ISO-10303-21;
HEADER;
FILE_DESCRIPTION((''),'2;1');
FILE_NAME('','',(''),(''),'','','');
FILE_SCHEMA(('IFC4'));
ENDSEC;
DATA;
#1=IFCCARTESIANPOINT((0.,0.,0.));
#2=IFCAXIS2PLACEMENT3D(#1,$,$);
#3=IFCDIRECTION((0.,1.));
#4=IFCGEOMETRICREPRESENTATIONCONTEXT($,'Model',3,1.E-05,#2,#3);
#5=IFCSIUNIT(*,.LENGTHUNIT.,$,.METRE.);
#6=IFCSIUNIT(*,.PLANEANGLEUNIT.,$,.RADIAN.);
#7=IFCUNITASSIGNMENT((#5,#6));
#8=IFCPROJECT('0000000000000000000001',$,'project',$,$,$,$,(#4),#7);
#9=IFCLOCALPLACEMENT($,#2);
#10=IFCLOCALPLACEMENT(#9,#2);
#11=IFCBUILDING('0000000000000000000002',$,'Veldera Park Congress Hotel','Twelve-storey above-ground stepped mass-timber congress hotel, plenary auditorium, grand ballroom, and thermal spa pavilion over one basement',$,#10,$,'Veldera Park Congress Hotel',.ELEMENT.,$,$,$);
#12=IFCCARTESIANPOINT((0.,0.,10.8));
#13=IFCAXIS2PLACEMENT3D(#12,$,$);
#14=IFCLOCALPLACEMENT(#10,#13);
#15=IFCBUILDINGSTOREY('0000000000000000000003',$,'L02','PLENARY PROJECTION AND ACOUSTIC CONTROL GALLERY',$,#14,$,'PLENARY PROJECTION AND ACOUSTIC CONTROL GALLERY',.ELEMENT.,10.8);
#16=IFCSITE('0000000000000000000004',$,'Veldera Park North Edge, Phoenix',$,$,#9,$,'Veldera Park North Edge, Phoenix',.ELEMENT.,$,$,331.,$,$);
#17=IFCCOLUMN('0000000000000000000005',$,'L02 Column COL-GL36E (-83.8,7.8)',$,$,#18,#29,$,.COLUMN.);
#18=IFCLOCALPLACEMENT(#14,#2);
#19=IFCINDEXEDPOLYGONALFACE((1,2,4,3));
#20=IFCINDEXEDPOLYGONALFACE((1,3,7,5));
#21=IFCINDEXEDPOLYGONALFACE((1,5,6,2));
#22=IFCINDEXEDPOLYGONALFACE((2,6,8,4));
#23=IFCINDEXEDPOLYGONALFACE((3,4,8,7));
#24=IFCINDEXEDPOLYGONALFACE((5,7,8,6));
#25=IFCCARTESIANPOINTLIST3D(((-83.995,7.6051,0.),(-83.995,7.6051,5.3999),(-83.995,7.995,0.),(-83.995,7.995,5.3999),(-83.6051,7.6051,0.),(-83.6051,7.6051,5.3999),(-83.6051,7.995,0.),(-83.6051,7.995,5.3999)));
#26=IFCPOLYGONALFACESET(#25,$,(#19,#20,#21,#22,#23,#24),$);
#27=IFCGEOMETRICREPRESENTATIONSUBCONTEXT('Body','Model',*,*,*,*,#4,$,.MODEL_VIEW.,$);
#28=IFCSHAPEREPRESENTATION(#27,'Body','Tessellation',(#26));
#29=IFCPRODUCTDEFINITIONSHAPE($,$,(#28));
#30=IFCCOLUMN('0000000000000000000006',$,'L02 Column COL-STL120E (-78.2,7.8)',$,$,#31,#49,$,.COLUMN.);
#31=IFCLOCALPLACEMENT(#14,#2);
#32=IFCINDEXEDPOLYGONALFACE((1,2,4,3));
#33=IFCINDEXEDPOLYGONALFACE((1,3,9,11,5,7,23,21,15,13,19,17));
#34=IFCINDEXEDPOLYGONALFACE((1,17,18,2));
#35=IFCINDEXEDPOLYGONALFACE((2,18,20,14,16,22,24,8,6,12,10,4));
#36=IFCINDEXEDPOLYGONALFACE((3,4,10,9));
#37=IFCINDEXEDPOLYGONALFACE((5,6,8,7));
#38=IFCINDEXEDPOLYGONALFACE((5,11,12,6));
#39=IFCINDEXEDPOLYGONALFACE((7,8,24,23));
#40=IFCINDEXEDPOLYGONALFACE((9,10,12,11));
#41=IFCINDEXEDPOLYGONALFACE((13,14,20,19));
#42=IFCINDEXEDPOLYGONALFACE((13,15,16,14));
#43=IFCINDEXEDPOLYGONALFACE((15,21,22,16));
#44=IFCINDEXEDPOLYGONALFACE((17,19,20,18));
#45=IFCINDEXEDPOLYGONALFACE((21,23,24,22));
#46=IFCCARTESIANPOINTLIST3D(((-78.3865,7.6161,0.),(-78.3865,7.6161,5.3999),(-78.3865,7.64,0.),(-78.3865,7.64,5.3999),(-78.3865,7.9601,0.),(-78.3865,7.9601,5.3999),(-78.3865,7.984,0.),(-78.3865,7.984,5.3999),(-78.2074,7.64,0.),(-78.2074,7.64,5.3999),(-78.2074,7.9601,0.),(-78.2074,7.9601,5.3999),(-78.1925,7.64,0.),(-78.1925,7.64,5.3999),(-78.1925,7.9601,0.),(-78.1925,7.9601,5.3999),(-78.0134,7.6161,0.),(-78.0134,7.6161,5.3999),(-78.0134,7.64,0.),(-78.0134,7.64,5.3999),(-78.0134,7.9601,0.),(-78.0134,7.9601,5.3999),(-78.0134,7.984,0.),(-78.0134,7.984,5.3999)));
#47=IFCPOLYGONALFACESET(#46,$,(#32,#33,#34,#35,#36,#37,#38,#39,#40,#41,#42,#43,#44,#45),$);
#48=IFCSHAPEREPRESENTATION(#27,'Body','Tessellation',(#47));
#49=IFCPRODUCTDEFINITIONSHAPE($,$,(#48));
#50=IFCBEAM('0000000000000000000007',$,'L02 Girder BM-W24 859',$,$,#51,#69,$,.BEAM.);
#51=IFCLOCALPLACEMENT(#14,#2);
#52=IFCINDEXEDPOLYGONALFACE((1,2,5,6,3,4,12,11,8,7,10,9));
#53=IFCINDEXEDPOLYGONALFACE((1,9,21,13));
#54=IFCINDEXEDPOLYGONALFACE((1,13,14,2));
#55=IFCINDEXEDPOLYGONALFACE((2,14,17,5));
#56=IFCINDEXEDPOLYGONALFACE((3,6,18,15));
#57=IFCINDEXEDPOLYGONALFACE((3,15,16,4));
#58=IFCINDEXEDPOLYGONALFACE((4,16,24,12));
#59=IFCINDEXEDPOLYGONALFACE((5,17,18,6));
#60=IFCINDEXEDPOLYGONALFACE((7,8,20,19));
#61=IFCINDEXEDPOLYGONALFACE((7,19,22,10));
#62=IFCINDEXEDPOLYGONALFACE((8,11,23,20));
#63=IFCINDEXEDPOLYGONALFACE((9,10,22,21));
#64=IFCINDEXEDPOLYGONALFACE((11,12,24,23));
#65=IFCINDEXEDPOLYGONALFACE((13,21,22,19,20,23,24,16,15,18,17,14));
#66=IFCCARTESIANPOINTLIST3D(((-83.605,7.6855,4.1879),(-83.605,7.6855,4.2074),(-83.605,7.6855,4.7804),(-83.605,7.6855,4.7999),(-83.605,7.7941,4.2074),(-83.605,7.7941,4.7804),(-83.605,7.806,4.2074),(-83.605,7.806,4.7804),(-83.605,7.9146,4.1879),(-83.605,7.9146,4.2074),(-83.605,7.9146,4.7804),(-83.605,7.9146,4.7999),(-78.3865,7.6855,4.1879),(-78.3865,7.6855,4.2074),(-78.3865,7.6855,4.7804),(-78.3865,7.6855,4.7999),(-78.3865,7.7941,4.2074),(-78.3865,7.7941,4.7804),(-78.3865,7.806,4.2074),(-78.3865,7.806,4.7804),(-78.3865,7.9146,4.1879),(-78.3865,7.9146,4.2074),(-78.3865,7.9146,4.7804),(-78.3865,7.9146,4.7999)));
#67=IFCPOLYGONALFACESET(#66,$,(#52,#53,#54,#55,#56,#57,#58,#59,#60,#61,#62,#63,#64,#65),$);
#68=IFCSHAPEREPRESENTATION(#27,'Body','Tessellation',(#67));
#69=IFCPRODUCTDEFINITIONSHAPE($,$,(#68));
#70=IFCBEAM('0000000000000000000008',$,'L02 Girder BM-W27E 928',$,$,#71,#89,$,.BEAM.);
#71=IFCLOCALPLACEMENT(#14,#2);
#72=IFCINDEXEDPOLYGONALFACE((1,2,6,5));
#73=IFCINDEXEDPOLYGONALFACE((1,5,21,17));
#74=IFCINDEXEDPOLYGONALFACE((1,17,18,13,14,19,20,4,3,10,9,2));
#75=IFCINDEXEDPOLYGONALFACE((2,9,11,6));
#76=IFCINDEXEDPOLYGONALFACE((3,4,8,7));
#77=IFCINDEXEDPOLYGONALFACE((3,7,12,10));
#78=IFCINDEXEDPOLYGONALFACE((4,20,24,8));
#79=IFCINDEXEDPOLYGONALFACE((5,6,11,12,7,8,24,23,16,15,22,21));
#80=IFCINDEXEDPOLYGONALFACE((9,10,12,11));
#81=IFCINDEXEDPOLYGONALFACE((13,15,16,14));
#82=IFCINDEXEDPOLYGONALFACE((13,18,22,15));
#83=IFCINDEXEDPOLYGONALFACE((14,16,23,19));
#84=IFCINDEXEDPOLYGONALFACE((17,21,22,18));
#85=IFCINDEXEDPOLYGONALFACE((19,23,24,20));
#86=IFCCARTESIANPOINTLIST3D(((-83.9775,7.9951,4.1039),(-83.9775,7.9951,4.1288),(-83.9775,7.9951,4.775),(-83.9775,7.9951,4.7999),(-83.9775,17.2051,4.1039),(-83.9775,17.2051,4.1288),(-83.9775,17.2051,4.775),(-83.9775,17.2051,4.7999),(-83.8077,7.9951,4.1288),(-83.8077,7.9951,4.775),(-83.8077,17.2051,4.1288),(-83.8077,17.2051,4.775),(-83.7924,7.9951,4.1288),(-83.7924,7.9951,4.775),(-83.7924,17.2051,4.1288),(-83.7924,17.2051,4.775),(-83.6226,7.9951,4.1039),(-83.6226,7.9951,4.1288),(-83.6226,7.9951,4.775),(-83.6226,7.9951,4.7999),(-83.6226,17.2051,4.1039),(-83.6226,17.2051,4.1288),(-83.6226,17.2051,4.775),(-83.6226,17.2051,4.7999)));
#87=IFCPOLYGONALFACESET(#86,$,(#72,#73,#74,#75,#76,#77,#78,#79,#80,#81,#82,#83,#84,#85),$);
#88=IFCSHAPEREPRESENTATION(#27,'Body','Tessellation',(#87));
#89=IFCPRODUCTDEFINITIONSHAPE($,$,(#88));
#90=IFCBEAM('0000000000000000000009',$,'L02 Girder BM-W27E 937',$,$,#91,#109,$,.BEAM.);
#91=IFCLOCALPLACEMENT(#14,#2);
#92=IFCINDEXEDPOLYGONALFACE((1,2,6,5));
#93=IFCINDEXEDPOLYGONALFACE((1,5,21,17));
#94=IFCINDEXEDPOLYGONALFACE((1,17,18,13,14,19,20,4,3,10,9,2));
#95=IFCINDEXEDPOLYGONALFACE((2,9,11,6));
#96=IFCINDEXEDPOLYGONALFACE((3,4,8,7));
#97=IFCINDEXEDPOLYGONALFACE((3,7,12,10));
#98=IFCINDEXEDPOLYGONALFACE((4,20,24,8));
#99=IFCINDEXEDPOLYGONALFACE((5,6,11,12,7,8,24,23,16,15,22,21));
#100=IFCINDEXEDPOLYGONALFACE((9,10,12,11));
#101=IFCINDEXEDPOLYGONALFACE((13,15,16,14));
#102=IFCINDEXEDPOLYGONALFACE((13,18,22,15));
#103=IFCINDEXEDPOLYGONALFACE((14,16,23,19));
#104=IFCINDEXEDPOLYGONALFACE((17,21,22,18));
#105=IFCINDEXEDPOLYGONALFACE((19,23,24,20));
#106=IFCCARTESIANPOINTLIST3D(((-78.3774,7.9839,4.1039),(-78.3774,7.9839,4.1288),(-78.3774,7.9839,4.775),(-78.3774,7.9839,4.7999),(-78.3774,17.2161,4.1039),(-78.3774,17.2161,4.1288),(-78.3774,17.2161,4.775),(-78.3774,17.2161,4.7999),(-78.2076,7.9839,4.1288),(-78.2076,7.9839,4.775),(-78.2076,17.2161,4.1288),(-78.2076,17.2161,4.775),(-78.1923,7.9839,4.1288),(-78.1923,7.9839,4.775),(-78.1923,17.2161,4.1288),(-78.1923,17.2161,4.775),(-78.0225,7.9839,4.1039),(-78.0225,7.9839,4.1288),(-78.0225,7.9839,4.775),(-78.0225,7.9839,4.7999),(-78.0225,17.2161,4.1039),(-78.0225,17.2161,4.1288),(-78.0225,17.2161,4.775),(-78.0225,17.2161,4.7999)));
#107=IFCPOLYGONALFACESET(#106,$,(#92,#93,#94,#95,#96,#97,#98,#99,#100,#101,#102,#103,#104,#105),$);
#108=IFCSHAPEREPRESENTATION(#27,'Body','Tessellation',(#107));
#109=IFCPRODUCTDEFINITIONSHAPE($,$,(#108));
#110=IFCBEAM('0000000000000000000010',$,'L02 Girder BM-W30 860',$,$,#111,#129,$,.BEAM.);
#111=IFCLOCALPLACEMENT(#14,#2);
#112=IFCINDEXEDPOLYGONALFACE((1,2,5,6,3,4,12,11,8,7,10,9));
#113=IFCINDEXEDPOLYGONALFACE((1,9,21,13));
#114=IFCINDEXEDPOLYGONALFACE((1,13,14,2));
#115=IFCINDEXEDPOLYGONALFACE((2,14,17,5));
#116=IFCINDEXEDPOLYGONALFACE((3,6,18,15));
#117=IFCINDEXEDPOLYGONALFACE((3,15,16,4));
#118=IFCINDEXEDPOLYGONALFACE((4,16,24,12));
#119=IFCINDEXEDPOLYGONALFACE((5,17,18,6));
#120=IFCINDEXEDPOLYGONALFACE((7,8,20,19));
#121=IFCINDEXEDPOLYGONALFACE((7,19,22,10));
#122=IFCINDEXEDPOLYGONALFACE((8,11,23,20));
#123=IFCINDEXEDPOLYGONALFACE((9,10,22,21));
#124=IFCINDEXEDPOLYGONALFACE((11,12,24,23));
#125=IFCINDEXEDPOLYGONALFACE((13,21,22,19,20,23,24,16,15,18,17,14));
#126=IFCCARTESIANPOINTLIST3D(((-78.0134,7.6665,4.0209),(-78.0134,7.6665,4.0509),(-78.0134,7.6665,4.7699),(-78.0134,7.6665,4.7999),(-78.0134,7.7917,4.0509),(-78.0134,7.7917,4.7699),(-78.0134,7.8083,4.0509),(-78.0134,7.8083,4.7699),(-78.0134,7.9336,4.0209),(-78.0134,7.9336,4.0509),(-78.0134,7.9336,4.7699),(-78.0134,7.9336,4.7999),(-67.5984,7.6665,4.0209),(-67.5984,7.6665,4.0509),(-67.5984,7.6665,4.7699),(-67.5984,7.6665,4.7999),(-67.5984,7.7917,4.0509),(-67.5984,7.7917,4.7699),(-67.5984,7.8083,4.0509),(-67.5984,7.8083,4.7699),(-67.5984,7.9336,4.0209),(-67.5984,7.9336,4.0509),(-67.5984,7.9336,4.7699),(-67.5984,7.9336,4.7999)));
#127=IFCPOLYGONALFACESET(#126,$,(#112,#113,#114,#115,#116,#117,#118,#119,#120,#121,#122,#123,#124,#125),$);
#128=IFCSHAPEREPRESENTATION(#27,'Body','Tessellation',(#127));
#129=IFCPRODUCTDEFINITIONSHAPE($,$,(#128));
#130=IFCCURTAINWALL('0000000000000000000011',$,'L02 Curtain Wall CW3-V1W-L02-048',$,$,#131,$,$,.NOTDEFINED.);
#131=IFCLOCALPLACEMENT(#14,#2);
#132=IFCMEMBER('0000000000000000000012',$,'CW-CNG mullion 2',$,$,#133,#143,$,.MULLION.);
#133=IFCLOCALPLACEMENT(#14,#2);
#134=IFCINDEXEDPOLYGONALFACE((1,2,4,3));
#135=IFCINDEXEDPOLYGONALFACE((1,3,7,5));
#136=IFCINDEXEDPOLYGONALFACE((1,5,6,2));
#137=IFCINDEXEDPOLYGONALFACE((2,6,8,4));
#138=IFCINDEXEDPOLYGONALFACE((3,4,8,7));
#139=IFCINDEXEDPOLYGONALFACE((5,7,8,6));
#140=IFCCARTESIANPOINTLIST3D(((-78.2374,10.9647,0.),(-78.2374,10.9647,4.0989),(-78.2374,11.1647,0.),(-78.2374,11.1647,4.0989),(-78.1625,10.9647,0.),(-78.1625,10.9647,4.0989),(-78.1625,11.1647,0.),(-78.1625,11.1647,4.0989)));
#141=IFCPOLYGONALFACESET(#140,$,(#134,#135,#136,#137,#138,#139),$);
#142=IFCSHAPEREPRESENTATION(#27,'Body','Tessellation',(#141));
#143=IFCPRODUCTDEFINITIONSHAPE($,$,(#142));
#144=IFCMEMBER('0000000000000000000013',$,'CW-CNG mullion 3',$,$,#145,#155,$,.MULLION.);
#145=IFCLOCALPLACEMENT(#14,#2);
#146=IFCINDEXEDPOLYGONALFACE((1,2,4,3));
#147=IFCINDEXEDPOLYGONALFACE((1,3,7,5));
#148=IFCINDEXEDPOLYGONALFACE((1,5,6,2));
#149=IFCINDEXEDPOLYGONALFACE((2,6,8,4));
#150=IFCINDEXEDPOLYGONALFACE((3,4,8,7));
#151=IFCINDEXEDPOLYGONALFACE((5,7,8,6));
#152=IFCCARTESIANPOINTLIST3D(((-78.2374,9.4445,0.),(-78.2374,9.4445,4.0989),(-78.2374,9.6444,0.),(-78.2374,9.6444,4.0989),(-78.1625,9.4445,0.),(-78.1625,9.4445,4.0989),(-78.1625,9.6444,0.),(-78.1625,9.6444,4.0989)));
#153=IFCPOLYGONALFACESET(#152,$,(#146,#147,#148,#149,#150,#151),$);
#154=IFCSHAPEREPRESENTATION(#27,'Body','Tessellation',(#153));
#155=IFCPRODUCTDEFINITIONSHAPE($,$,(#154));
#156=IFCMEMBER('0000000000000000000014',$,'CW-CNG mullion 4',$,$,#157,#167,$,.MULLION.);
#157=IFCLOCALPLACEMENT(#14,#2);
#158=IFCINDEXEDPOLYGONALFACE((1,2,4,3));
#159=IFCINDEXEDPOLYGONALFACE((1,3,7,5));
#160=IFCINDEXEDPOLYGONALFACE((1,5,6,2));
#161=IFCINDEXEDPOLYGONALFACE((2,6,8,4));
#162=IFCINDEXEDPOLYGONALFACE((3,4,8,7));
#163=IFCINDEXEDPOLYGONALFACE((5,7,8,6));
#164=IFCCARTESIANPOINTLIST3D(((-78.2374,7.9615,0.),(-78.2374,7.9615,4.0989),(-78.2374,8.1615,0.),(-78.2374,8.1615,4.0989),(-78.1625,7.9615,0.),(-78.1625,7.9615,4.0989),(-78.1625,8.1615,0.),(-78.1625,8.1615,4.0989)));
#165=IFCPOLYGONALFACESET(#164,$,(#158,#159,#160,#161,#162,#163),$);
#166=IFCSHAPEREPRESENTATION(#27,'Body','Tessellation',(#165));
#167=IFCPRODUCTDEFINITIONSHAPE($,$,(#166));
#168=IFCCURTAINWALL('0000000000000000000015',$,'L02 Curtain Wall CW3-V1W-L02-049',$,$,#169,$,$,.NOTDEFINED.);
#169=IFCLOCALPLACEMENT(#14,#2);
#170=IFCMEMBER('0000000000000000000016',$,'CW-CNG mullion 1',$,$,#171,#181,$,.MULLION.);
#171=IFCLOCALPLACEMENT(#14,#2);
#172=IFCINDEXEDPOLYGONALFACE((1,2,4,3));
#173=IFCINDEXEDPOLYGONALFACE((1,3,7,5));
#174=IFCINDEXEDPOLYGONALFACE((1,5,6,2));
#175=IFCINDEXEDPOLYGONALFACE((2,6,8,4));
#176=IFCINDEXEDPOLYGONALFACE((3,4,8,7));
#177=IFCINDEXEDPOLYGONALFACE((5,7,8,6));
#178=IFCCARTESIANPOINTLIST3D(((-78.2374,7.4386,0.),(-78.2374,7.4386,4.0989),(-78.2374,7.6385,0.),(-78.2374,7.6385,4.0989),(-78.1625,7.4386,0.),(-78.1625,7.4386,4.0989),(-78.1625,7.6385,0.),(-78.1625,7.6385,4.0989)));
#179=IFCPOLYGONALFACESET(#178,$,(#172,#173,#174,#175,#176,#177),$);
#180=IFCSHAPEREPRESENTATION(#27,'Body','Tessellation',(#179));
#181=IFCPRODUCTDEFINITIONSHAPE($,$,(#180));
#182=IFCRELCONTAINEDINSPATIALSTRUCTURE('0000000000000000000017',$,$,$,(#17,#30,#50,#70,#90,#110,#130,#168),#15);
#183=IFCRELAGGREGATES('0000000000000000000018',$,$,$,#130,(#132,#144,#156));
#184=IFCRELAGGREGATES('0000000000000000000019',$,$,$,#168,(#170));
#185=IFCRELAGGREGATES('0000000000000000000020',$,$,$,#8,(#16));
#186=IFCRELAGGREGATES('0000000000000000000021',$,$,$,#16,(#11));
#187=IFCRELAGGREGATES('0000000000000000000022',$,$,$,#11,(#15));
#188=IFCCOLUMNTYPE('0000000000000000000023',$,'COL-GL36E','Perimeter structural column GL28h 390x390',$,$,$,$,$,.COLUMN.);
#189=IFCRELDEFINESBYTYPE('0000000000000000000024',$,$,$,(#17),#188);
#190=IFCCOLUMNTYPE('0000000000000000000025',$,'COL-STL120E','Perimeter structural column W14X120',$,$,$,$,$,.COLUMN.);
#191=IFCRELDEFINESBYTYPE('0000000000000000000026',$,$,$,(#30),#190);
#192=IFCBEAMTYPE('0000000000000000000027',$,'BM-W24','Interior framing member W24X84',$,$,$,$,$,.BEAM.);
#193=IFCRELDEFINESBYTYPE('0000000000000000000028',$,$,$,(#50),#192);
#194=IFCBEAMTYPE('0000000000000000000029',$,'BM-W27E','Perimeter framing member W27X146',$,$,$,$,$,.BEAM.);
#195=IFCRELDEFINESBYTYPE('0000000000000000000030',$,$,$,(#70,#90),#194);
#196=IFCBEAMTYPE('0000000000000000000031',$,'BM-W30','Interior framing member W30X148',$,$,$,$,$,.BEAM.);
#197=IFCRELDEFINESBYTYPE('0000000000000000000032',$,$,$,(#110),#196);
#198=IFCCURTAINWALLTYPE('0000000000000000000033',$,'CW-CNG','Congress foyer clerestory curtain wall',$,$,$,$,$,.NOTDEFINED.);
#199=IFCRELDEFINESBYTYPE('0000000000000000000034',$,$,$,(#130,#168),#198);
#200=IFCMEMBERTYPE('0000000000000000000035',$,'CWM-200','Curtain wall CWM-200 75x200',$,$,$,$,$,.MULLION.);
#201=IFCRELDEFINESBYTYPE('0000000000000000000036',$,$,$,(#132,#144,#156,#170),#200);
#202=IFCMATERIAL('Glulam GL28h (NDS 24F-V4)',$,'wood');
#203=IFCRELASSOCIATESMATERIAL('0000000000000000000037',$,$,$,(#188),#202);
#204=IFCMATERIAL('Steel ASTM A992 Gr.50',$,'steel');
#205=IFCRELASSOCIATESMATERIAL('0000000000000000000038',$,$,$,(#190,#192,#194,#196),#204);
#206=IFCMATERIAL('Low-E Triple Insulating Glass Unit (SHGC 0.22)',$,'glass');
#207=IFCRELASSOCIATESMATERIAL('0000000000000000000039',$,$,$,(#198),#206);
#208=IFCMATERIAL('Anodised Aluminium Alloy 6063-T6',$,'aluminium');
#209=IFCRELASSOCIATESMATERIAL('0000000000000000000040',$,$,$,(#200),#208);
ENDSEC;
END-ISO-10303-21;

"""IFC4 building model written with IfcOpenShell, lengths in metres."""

from ifc_helpers import new_model, si_unit, direction, frame, origin, origin_2d, place, context, subcontext, project, spatial, rectangle, i_section, extrude, material, material_profile, profile_set, type_object, element, aggregate, save


model = new_model("IFC4")

# Units and contexts
model_context = context("Model", 3, precision=1e-05, world=origin(), true_north=direction((0.0, 1.0)))
body_context = subcontext(model_context, "Body", "Model", "MODEL_VIEW")
ifc_project = project(units=[si_unit("LENGTHUNIT", "METRE"), si_unit("PLANEANGLEUNIT", "RADIAN")], contexts=[model_context])

# Site, building, storey
site_placement = place(None, origin())
site = spatial("IfcSite", under=ifc_project, at=site_placement, Name="Veldera Park North Edge, Phoenix", LongName="Veldera Park North Edge, Phoenix", CompositionType="ELEMENT", RefElevation=331.0)
building_placement = place(site_placement, origin())
building = spatial("IfcBuilding", under=site, at=building_placement, Name="Veldera Park Congress Hotel", Description="Twelve-storey above-ground stepped mass-timber congress hotel, plenary auditorium, grand ballroom, and thermal spa pavilion over one basement", LongName="Veldera Park Congress Hotel", CompositionType="ELEMENT")
storey_placement = place(building_placement, frame((0.0, 0.0, 10.8)))
storey = spatial("IfcBuildingStorey", under=building, at=storey_placement, Name="L02", Description="PLENARY PROJECTION AND ACOUSTIC CONTROL GALLERY", LongName="PLENARY PROJECTION AND ACOUSTIC CONTROL GALLERY", CompositionType="ELEMENT", Elevation=10.8)

# Columns
ifc_material_1 = material(Name="Glulam GL28h (NDS 24F-V4)", Category="wood")
ifc_material_profile_1 = material_profile(ifc_material_1, rectangle(XDim=0.3899, YDim=0.3899, at=origin_2d()), Name="GL28h 390x390")
ifc_profile_set_1 = profile_set([ifc_material_profile_1], Name="Glulam GL28h (NDS 24F-V4)")
column_type_1 = type_object("IfcColumnType", Name="COL-GL36E", Description="Perimeter structural column GL28h 390x390", PredefinedType="COLUMN", material=ifc_profile_set_1)
column_1_placement = place(storey_placement, frame((-83.8, 7.8, 0.0), z_axis=(0.0, 0.0, 1.0), x_axis=(1.0, 0.0, 0.0)))
element("IfcColumn", 1, at=column_1_placement, inside=storey, type_object=column_type_1, Name="L02 Column COL-GL36E (-83.8,7.8)", PredefinedType="COLUMN", context=body_context, shape_type="SweptSolid", body=[
    extrude(rectangle(XDim=0.3899, YDim=0.3899, at=origin_2d()), origin(), (0.0, 0.0, 1.0), 5.3999),
])
ifc_material_2 = material(Name="Steel ASTM A992 Gr.50", Category="steel")
ifc_material_profile_2 = material_profile(ifc_material_2, i_section(OverallWidth=0.373, OverallDepth=0.3679, WebThickness=0.0149, FlangeThickness=0.0239, at=origin_2d()), Name="W14X120")
ifc_profile_set_2 = profile_set([ifc_material_profile_2], Name="Steel ASTM A992 Gr.50")
column_type_2 = type_object("IfcColumnType", Name="COL-STL120E", Description="Perimeter structural column W14X120", PredefinedType="COLUMN", material=ifc_profile_set_2)
column_2_placement = place(storey_placement, frame((-78.2, 7.8, 0.0), z_axis=(0.0, 0.0, 1.0), x_axis=(1.0, 0.0, 0.0)))
element("IfcColumn", 2, at=column_2_placement, inside=storey, type_object=column_type_2, Name="L02 Column COL-STL120E (-78.2,7.8)", PredefinedType="COLUMN", context=body_context, shape_type="SweptSolid", body=[
    extrude(i_section(OverallWidth=0.373, OverallDepth=0.3679, WebThickness=0.0149, FlangeThickness=0.0239, at=origin_2d()), origin(), (0.0, 0.0, 1.0), 5.3999),
])

# Beams
ifc_material_profile_3 = material_profile(ifc_material_2, i_section(OverallWidth=0.229, OverallDepth=0.6121, WebThickness=0.012, FlangeThickness=0.0195, at=origin_2d()), Name="W24X84")
ifc_profile_set_3 = profile_set([ifc_material_profile_3], Name="Steel ASTM A992 Gr.50")
beam_type_1 = type_object("IfcBeamType", Name="BM-W24", Description="Interior framing member W24X84", PredefinedType="BEAM", material=ifc_profile_set_3)
beam_1_placement = place(storey_placement, frame((-83.605, 7.8, 4.4939), z_axis=(1.0, 0.0, 0.0), x_axis=(0.0, 1.0, 0.0)))
element("IfcBeam", 3, at=beam_1_placement, inside=storey, type_object=beam_type_1, Name="L02 Girder BM-W24 859", PredefinedType="BEAM", context=body_context, shape_type="SweptSolid", body=[
    extrude(i_section(OverallWidth=0.229, OverallDepth=0.6121, WebThickness=0.012, FlangeThickness=0.0195, at=origin_2d()), origin(), (0.0, 0.0, 1.0), 5.2185),
])
ifc_material_profile_4 = material_profile(ifc_material_2, i_section(OverallWidth=0.355, OverallDepth=0.696, WebThickness=0.0154, FlangeThickness=0.0249, at=origin_2d()), Name="W27X146")
ifc_profile_set_4 = profile_set([ifc_material_profile_4], Name="Steel ASTM A992 Gr.50")
beam_type_2 = type_object("IfcBeamType", Name="BM-W27E", Description="Perimeter framing member W27X146", PredefinedType="BEAM", material=ifc_profile_set_4)
beam_2_placement = place(storey_placement, frame((-83.8, 7.9951, 4.4519), z_axis=(0.0, 1.0, 0.0), x_axis=(-1.0, 0.0, 0.0)))
element("IfcBeam", 4, at=beam_2_placement, inside=storey, type_object=beam_type_2, Name="L02 Girder BM-W27E 928", PredefinedType="BEAM", context=body_context, shape_type="SweptSolid", body=[
    extrude(i_section(OverallWidth=0.355, OverallDepth=0.696, WebThickness=0.0154, FlangeThickness=0.0249, at=origin_2d()), origin(), (0.0, 0.0, 1.0), 9.21),
])
beam_3_placement = place(storey_placement, frame((-78.2, 7.9839, 4.4519), z_axis=(0.0, 1.0, 0.0), x_axis=(-1.0, 0.0, 0.0)))
element("IfcBeam", 5, at=beam_3_placement, inside=storey, type_object=beam_type_2, Name="L02 Girder BM-W27E 937", PredefinedType="BEAM", context=body_context, shape_type="SweptSolid", body=[
    extrude(i_section(OverallWidth=0.355, OverallDepth=0.696, WebThickness=0.0154, FlangeThickness=0.0249, at=origin_2d()), origin(), (0.0, 0.0, 1.0), 9.2322),
])
ifc_material_profile_5 = material_profile(ifc_material_2, i_section(OverallWidth=0.2671, OverallDepth=0.7791, WebThickness=0.0166, FlangeThickness=0.03, at=origin_2d()), Name="W30X148")
ifc_profile_set_5 = profile_set([ifc_material_profile_5], Name="Steel ASTM A992 Gr.50")
beam_type_3 = type_object("IfcBeamType", Name="BM-W30", Description="Interior framing member W30X148", PredefinedType="BEAM", material=ifc_profile_set_5)
beam_4_placement = place(storey_placement, frame((-78.0134, 7.8, 4.4104), z_axis=(1.0, 0.0, 0.0), x_axis=(0.0, 1.0, 0.0)))
element("IfcBeam", 6, at=beam_4_placement, inside=storey, type_object=beam_type_3, Name="L02 Girder BM-W30 860", PredefinedType="BEAM", context=body_context, shape_type="SweptSolid", body=[
    extrude(i_section(OverallWidth=0.2671, OverallDepth=0.7791, WebThickness=0.0166, FlangeThickness=0.03, at=origin_2d()), origin(), (0.0, 0.0, 1.0), 10.415),
])

# Curtain walls, members
ifc_material_3 = material(Name="Low-E Triple Insulating Glass Unit (SHGC 0.22)", Category="glass")
curtain_wall_type = type_object("IfcCurtainWallType", Name="CW-CNG", Description="Congress foyer clerestory curtain wall", PredefinedType="NOTDEFINED", material=ifc_material_3)
curtain_wall_1_placement = place(storey_placement, origin())
curtain_wall_1 = element("IfcCurtainWall", 7, at=curtain_wall_1_placement, inside=storey, type_object=curtain_wall_type, Name="L02 Curtain Wall CW3-V1W-L02-048", PredefinedType="NOTDEFINED")
ifc_material_4 = material(Name="Anodised Aluminium Alloy 6063-T6", Category="aluminium")
ifc_material_profile_6 = material_profile(ifc_material_4, rectangle(XDim=0.075, YDim=0.2, at=origin_2d()), Name="ALU 75x200")
ifc_profile_set_6 = profile_set([ifc_material_profile_6], Name="Anodised Aluminium Alloy 6063-T6")
member_type_1 = type_object("IfcMemberType", Name="CWM-200", Description="Curtain wall CWM-200 75x200", PredefinedType="MULLION", material=ifc_profile_set_6)
member_1_placement = place(storey_placement, frame((-78.2, 11.0647, 0.0), z_axis=(0.0, 0.0, 1.0), x_axis=(1.0, 0.0, 0.0)))
member_1 = element("IfcMember", 8, at=member_1_placement, type_object=member_type_1, Name="CW-CNG mullion 2", PredefinedType="MULLION", context=body_context, shape_type="SweptSolid", body=[
    extrude(rectangle(XDim=0.075, YDim=0.2, at=origin_2d()), origin(), (0.0, 0.0, 1.0), 4.0989),
])
member_2_placement = place(storey_placement, frame((-78.2, 9.5444, 0.0), z_axis=(0.0, 0.0, 1.0), x_axis=(1.0, 0.0, 0.0)))
member_2 = element("IfcMember", 9, at=member_2_placement, type_object=member_type_1, Name="CW-CNG mullion 3", PredefinedType="MULLION", context=body_context, shape_type="SweptSolid", body=[
    extrude(rectangle(XDim=0.075, YDim=0.2, at=origin_2d()), origin(), (0.0, 0.0, 1.0), 4.0989),
])
member_3_placement = place(storey_placement, frame((-78.2, 8.0615, 0.0), z_axis=(0.0, 0.0, 1.0), x_axis=(1.0, 0.0, 0.0)))
member_3 = element("IfcMember", 10, at=member_3_placement, type_object=member_type_1, Name="CW-CNG mullion 4", PredefinedType="MULLION", context=body_context, shape_type="SweptSolid", body=[
    extrude(rectangle(XDim=0.075, YDim=0.2, at=origin_2d()), origin(), (0.0, 0.0, 1.0), 4.0989),
])
curtain_wall_2_placement = place(storey_placement, origin())
curtain_wall_2 = element("IfcCurtainWall", 11, at=curtain_wall_2_placement, inside=storey, type_object=curtain_wall_type, Name="L02 Curtain Wall CW3-V1W-L02-049", PredefinedType="NOTDEFINED")
member_4_placement = place(storey_placement, frame((-78.2, 7.5386, 0.0), z_axis=(0.0, 0.0, 1.0), x_axis=(1.0, 0.0, 0.0)))
member_4 = element("IfcMember", 12, at=member_4_placement, type_object=member_type_1, Name="CW-CNG mullion 1", PredefinedType="MULLION", context=body_context, shape_type="SweptSolid", body=[
    extrude(rectangle(XDim=0.075, YDim=0.2, at=origin_2d()), origin(), (0.0, 0.0, 1.0), 4.0989),
])

aggregate(curtain_wall_1, [member_1, member_2, member_3])
aggregate(curtain_wall_2, [member_4])

save(model, "model.ifc")
